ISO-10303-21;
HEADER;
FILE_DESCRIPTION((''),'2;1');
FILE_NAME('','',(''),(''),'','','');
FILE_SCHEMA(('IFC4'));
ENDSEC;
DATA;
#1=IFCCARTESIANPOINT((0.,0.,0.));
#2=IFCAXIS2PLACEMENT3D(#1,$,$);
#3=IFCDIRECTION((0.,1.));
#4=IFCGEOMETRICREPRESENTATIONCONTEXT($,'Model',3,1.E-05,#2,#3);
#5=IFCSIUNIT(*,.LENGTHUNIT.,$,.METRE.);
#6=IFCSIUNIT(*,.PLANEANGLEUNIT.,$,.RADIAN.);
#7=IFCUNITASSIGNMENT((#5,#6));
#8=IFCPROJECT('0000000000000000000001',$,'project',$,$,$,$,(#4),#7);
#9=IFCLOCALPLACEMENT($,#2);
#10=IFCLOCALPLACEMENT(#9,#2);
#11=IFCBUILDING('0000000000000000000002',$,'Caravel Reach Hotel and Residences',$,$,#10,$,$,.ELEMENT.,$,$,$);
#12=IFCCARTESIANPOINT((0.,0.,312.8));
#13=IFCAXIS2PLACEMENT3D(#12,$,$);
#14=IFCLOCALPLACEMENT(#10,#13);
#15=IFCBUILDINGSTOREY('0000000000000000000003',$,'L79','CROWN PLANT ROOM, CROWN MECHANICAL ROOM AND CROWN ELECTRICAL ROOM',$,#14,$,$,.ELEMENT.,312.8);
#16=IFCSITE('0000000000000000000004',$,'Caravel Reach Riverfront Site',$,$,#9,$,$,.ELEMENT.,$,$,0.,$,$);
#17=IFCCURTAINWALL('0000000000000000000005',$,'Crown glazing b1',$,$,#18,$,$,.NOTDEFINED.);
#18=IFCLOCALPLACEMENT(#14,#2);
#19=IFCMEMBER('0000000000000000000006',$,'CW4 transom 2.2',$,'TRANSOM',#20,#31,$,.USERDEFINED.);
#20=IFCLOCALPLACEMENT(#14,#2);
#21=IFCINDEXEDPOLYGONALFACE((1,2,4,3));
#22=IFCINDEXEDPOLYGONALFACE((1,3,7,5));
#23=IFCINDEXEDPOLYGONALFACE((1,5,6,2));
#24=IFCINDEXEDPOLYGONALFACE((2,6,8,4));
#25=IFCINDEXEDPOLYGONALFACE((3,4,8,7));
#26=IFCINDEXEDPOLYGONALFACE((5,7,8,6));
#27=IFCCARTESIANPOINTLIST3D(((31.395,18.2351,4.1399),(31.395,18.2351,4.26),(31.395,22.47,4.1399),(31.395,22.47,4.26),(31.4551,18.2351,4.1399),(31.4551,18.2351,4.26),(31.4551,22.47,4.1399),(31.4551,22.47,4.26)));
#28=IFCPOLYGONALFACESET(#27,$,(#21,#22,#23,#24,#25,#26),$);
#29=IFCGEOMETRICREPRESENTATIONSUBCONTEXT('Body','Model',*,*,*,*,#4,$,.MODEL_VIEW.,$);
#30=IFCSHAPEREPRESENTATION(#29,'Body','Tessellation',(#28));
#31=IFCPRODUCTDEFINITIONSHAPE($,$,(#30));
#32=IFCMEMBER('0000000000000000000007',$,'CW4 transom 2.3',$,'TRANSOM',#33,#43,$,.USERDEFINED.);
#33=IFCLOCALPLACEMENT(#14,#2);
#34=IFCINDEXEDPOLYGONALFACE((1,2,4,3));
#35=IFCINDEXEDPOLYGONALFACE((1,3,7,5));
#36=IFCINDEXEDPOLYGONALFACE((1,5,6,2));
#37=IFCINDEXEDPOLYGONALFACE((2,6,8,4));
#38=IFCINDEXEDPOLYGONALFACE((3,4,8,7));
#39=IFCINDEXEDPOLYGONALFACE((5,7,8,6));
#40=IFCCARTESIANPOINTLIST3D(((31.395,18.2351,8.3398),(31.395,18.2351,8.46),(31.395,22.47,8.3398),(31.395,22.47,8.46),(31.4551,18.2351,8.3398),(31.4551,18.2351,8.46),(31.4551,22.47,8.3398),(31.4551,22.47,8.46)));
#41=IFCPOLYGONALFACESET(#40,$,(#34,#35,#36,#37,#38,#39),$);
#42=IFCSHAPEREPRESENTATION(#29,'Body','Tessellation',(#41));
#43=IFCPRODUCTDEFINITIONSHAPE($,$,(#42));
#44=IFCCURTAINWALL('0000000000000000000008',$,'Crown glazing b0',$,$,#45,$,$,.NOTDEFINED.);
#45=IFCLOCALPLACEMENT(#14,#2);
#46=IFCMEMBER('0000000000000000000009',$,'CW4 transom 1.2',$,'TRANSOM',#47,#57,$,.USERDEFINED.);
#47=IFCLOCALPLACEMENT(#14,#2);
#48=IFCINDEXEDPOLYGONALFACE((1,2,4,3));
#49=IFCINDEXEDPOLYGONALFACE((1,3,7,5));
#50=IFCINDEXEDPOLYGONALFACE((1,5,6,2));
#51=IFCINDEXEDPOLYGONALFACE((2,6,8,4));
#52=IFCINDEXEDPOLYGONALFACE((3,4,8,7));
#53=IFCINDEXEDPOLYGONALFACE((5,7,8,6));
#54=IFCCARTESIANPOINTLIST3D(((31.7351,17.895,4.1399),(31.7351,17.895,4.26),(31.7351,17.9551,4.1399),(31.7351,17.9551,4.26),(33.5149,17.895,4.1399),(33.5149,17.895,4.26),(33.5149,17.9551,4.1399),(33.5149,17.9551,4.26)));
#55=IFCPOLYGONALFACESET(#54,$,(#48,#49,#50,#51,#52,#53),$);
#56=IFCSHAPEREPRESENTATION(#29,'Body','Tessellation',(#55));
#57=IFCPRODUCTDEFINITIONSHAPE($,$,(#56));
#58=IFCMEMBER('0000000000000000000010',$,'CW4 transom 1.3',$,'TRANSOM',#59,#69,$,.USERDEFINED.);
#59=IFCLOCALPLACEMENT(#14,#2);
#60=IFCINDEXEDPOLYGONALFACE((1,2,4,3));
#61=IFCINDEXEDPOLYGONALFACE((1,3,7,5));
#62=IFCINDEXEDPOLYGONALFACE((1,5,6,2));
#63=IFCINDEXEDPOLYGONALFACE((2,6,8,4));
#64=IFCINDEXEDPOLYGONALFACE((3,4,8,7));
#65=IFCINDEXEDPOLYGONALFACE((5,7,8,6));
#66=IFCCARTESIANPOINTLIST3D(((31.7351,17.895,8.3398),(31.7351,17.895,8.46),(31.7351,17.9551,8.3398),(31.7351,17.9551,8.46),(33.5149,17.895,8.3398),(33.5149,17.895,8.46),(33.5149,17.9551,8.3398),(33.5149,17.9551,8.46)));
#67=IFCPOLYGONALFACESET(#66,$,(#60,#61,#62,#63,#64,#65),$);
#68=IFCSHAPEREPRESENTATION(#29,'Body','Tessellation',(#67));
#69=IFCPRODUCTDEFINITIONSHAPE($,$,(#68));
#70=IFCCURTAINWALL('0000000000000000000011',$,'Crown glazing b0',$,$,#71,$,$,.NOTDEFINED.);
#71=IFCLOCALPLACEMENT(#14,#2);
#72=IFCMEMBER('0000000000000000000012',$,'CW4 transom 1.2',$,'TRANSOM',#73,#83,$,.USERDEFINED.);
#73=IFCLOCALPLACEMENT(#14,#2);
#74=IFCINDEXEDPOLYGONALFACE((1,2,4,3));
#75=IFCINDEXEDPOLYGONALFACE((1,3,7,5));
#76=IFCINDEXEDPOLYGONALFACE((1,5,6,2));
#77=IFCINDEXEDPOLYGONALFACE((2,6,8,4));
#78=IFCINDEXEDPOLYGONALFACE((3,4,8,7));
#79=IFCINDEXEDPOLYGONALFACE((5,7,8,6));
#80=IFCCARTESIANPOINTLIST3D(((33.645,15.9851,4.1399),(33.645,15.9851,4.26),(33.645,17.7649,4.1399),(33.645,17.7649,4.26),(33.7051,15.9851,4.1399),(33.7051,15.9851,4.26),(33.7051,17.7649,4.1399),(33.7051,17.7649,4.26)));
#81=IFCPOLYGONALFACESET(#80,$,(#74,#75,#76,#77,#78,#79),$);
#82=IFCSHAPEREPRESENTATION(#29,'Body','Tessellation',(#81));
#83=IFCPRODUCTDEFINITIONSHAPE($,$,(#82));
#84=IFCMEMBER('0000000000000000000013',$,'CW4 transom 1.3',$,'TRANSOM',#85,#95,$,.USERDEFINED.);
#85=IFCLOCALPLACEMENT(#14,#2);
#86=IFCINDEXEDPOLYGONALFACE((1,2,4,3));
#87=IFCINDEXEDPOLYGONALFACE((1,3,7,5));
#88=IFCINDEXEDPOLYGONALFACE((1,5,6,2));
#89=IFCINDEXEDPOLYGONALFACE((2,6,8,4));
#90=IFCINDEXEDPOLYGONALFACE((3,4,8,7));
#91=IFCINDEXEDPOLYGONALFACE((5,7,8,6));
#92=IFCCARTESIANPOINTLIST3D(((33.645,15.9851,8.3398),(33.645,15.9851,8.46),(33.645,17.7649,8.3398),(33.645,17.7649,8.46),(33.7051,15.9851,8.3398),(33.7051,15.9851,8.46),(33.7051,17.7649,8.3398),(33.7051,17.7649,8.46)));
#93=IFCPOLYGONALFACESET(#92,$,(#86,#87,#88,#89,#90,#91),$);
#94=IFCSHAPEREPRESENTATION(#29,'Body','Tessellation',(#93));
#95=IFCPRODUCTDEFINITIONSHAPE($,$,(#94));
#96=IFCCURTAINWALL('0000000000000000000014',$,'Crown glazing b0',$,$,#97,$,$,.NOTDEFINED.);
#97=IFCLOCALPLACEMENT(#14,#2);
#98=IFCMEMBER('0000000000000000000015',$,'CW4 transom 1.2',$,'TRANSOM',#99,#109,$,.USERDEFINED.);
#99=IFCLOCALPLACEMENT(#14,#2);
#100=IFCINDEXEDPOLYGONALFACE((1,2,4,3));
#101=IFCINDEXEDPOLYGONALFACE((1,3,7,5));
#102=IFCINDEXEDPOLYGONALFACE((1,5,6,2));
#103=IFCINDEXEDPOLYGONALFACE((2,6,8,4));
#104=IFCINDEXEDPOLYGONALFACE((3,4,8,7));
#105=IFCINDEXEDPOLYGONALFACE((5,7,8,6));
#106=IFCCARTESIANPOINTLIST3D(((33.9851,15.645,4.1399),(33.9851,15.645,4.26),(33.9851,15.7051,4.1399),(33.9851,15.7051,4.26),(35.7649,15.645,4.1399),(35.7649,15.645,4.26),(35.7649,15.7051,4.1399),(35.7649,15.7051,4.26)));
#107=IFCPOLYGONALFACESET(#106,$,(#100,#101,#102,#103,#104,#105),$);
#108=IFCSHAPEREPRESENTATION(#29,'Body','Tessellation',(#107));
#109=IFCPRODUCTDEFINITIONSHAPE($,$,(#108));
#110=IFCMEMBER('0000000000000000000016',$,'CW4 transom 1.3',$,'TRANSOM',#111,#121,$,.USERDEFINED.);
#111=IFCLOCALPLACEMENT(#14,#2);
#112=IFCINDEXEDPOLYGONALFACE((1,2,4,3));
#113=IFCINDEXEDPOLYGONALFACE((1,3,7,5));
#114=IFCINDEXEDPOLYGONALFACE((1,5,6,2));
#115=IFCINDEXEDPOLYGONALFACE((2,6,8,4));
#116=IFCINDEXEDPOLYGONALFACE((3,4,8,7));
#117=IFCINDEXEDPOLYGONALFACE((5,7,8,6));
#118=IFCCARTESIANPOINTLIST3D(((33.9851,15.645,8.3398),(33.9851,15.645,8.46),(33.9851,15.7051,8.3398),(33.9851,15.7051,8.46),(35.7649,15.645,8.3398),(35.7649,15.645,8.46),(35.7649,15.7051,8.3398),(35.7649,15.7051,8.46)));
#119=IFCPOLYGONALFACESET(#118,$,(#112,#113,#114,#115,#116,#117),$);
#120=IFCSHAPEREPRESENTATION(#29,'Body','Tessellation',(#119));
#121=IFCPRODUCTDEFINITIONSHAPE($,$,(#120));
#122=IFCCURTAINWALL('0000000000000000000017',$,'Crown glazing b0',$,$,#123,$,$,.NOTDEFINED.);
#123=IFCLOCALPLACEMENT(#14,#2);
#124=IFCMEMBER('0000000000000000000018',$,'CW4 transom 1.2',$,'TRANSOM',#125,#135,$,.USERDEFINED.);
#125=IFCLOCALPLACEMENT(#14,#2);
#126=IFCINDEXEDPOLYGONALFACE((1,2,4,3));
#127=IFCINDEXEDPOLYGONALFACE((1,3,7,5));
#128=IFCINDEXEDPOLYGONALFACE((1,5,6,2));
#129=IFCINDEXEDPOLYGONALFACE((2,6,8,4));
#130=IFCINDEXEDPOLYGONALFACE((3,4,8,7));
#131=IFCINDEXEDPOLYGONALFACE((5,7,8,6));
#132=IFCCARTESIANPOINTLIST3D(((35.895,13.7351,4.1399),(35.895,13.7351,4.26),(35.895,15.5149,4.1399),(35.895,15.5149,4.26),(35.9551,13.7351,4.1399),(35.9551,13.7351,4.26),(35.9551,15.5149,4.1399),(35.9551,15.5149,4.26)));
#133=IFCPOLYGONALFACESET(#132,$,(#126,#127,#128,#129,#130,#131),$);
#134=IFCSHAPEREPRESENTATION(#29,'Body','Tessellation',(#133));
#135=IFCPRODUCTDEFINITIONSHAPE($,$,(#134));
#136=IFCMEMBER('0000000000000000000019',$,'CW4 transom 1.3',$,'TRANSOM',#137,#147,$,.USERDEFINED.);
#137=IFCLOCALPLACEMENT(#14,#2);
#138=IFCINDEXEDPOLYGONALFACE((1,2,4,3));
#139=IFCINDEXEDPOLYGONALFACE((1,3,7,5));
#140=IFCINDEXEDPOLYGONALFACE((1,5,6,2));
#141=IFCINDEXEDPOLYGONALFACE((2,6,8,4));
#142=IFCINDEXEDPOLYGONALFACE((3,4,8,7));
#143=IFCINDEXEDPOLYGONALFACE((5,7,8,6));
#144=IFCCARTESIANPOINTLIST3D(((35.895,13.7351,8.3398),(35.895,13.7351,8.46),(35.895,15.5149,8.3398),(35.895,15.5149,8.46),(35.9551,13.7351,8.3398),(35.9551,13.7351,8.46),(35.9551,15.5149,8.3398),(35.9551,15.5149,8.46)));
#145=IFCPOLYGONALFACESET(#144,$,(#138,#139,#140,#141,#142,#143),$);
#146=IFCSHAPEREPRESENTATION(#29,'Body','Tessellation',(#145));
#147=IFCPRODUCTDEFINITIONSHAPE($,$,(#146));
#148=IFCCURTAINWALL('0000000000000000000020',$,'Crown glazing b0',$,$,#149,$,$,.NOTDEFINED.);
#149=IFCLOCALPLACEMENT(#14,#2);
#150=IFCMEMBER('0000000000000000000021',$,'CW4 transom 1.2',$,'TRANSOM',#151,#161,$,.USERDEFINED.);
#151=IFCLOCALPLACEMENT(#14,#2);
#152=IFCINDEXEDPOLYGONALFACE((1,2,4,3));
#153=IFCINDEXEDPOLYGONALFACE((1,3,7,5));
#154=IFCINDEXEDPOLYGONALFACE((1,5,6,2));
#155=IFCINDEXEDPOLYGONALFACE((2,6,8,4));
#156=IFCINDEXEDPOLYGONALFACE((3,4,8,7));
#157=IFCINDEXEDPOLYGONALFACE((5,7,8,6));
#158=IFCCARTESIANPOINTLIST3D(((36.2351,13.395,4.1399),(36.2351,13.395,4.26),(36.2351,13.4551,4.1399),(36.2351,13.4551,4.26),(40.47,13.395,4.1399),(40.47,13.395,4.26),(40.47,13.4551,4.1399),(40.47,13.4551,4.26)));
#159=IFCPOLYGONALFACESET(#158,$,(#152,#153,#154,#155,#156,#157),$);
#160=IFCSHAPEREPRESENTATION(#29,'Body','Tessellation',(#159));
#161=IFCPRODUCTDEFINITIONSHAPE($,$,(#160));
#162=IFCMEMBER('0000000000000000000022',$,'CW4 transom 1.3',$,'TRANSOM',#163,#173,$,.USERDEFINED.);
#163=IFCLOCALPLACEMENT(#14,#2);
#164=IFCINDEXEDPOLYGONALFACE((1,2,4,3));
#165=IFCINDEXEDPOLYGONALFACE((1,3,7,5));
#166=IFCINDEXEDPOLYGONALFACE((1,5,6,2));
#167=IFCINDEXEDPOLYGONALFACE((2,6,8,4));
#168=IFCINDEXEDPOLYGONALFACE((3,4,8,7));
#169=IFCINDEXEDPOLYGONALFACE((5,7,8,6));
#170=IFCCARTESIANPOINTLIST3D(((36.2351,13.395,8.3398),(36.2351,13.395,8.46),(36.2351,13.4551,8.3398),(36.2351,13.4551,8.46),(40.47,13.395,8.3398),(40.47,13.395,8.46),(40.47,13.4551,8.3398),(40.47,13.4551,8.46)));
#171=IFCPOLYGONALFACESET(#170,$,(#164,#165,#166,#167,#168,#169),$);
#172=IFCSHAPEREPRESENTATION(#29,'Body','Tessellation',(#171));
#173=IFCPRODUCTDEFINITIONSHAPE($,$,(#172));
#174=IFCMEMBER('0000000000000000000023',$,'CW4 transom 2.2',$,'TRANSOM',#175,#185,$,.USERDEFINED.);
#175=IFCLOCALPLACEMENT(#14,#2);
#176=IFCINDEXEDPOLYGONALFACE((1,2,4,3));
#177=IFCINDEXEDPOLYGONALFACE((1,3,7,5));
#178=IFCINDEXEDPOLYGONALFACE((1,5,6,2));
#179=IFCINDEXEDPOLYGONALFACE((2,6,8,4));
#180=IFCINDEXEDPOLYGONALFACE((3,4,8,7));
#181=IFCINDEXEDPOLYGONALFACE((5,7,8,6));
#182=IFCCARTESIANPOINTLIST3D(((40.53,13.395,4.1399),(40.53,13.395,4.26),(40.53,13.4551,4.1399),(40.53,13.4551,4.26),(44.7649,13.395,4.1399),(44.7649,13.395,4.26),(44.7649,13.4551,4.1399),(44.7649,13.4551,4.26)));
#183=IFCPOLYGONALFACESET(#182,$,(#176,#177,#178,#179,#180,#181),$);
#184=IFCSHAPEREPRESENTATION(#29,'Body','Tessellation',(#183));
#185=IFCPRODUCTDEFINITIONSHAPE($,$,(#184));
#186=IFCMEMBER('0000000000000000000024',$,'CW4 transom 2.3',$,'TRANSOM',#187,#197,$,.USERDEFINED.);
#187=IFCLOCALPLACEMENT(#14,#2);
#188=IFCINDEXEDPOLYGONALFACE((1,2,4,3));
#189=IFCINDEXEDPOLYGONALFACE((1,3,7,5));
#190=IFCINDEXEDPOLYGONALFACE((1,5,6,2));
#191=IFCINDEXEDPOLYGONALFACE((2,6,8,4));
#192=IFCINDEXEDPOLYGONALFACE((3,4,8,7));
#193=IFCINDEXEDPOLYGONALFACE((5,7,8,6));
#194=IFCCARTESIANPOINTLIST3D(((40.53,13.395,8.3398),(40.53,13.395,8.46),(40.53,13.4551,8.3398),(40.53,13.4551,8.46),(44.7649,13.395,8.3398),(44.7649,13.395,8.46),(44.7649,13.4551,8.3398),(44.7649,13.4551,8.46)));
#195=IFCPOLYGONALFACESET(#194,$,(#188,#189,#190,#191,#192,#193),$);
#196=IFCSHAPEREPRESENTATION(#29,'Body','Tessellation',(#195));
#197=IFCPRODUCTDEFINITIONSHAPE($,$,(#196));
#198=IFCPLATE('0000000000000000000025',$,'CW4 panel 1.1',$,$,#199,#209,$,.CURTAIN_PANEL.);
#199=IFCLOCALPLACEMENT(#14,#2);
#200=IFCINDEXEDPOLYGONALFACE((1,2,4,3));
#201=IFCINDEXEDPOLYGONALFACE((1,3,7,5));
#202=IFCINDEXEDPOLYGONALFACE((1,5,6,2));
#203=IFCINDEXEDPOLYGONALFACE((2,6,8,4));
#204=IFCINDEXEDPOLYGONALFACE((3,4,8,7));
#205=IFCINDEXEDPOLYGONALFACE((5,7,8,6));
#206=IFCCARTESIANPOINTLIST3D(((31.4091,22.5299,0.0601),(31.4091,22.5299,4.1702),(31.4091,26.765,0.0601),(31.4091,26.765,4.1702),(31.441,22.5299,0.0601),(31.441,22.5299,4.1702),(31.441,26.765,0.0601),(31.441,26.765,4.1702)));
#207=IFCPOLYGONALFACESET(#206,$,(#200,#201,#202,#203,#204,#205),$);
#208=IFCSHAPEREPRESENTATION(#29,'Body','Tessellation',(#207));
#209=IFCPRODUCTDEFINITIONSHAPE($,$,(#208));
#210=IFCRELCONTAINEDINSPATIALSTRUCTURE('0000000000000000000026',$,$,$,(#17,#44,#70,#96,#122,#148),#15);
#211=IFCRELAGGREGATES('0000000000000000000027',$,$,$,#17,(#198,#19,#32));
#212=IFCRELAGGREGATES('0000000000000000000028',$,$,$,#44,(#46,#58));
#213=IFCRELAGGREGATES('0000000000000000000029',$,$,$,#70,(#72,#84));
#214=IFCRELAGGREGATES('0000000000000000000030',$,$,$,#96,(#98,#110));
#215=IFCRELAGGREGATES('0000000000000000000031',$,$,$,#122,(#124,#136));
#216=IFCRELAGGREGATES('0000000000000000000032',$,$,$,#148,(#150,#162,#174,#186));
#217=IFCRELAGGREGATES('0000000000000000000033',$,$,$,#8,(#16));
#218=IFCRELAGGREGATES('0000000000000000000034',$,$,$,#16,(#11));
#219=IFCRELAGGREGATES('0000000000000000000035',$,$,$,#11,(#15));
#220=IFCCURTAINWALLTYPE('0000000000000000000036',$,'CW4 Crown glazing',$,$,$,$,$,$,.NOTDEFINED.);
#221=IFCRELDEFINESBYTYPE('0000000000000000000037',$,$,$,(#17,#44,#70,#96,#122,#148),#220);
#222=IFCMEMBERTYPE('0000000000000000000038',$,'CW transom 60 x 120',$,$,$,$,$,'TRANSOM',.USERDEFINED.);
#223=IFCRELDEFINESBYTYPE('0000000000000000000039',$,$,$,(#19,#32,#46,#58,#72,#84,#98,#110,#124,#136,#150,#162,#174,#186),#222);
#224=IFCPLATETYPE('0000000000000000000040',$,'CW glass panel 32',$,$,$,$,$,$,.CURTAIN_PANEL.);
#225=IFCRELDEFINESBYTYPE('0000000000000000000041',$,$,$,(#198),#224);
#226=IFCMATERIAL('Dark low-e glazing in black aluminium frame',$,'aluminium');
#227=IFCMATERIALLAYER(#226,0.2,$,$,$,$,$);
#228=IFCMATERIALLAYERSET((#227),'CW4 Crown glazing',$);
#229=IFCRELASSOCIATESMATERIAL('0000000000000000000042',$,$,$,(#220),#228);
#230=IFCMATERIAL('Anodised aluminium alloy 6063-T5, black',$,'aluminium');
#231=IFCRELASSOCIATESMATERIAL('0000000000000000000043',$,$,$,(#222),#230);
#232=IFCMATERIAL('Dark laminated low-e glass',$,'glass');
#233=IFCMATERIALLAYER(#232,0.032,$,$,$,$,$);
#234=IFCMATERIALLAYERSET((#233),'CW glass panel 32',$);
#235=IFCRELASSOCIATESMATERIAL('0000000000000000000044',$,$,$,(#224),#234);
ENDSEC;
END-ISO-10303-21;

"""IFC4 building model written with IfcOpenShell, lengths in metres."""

from ifc_helpers import new_model, si_unit, direction, frame, origin, origin_2d, place, context, subcontext, project, spatial, rectangle, extrude, material, layer, layer_set, material_profile, profile_set, type_object, element, aggregate, save


model = new_model("IFC4")

# Units and contexts
model_context = context("Model", 3, precision=1e-05, world=origin(), true_north=direction((0.0, 1.0)))
body_context = subcontext(model_context, "Body", "Model", "MODEL_VIEW")
ifc_project = project(units=[si_unit("LENGTHUNIT", "METRE"), si_unit("PLANEANGLEUNIT", "RADIAN")], contexts=[model_context])

# Site, building, storey
site_placement = place(None, origin())
site = spatial("IfcSite", under=ifc_project, at=site_placement, Name="Caravel Reach Riverfront Site", CompositionType="ELEMENT", RefElevation=0.0)
building_placement = place(site_placement, origin())
building = spatial("IfcBuilding", under=site, at=building_placement, Name="Caravel Reach Hotel and Residences", CompositionType="ELEMENT")
storey_placement = place(building_placement, frame((0.0, 0.0, 312.8)))
storey = spatial("IfcBuildingStorey", under=building, at=storey_placement, Name="L79", Description="CROWN PLANT ROOM, CROWN MECHANICAL ROOM AND CROWN ELECTRICAL ROOM", CompositionType="ELEMENT", Elevation=312.8)

# Curtain walls, members
ifc_material_1 = material(Name="Dark low-e glazing in black aluminium frame", Category="aluminium")
ifc_layer_1 = layer(ifc_material_1, 0.2)
ifc_layer_set_1 = layer_set([ifc_layer_1], Name="CW4 Crown glazing")
curtain_wall_type = type_object("IfcCurtainWallType", Name="CW4 Crown glazing", PredefinedType="NOTDEFINED", material=ifc_layer_set_1)
curtain_wall_1_placement = place(storey_placement, origin())
curtain_wall_1 = element("IfcCurtainWall", 1, at=curtain_wall_1_placement, inside=storey, type_object=curtain_wall_type, Name="Crown glazing b1", PredefinedType="NOTDEFINED")
ifc_material_2 = material(Name="Anodised aluminium alloy 6063-T5, black", Category="aluminium")
ifc_material_profile = material_profile(ifc_material_2, rectangle(XDim=0.0601, YDim=0.1201, at=origin_2d()), Name="CW transom 60 x 120")
ifc_profile_set = profile_set([ifc_material_profile], Name="Anodised aluminium alloy 6063-T5, black")
member_type = type_object("IfcMemberType", Name="CW transom 60 x 120", ElementType="TRANSOM", PredefinedType="USERDEFINED", material=ifc_profile_set)
member_1_placement = place(storey_placement, frame((31.425, 22.47, 4.2), z_axis=(0.0, -1.0, 0.0), x_axis=(1.0, 0.0, 0.0)))
member_1 = element("IfcMember", 2, at=member_1_placement, type_object=member_type, Name="CW4 transom 2.2", ObjectType="TRANSOM", PredefinedType="USERDEFINED", context=body_context, shape_type="SweptSolid", body=[
    extrude(rectangle(XDim=0.0601, YDim=0.1201, at=origin_2d()), origin(), (0.0, 0.0, 1.0), 4.2349),
])
member_2_placement = place(storey_placement, frame((31.425, 22.47, 8.3999), z_axis=(0.0, -1.0, 0.0), x_axis=(1.0, 0.0, 0.0)))
member_2 = element("IfcMember", 3, at=member_2_placement, type_object=member_type, Name="CW4 transom 2.3", ObjectType="TRANSOM", PredefinedType="USERDEFINED", context=body_context, shape_type="SweptSolid", body=[
    extrude(rectangle(XDim=0.0601, YDim=0.1201, at=origin_2d()), origin(), (0.0, 0.0, 1.0), 4.2349),
])
curtain_wall_2_placement = place(storey_placement, origin())
curtain_wall_2 = element("IfcCurtainWall", 4, at=curtain_wall_2_placement, inside=storey, type_object=curtain_wall_type, Name="Crown glazing b0", PredefinedType="NOTDEFINED")
member_3_placement = place(storey_placement, frame((31.7351, 17.925, 4.2), z_axis=(1.0, 0.0, 0.0), x_axis=(0.0, 1.0, 0.0)))
member_3 = element("IfcMember", 5, at=member_3_placement, type_object=member_type, Name="CW4 transom 1.2", ObjectType="TRANSOM", PredefinedType="USERDEFINED", context=body_context, shape_type="SweptSolid", body=[
    extrude(rectangle(XDim=0.0601, YDim=0.1201, at=origin_2d()), origin(), (0.0, 0.0, 1.0), 1.7798),
])
member_4_placement = place(storey_placement, frame((31.7351, 17.925, 8.3999), z_axis=(1.0, 0.0, 0.0), x_axis=(0.0, 1.0, 0.0)))
member_4 = element("IfcMember", 6, at=member_4_placement, type_object=member_type, Name="CW4 transom 1.3", ObjectType="TRANSOM", PredefinedType="USERDEFINED", context=body_context, shape_type="SweptSolid", body=[
    extrude(rectangle(XDim=0.0601, YDim=0.1201, at=origin_2d()), origin(), (0.0, 0.0, 1.0), 1.7798),
])
curtain_wall_3_placement = place(storey_placement, origin())
curtain_wall_3 = element("IfcCurtainWall", 7, at=curtain_wall_3_placement, inside=storey, type_object=curtain_wall_type, Name="Crown glazing b0", PredefinedType="NOTDEFINED")
member_5_placement = place(storey_placement, frame((33.675, 17.7649, 4.2), z_axis=(0.0, -1.0, 0.0), x_axis=(1.0, 0.0, 0.0)))
member_5 = element("IfcMember", 8, at=member_5_placement, type_object=member_type, Name="CW4 transom 1.2", ObjectType="TRANSOM", PredefinedType="USERDEFINED", context=body_context, shape_type="SweptSolid", body=[
    extrude(rectangle(XDim=0.0601, YDim=0.1201, at=origin_2d()), origin(), (0.0, 0.0, 1.0), 1.7798),
])
member_6_placement = place(storey_placement, frame((33.675, 17.7649, 8.3999), z_axis=(0.0, -1.0, 0.0), x_axis=(1.0, 0.0, 0.0)))
member_6 = element("IfcMember", 9, at=member_6_placement, type_object=member_type, Name="CW4 transom 1.3", ObjectType="TRANSOM", PredefinedType="USERDEFINED", context=body_context, shape_type="SweptSolid", body=[
    extrude(rectangle(XDim=0.0601, YDim=0.1201, at=origin_2d()), origin(), (0.0, 0.0, 1.0), 1.7798),
])
curtain_wall_4_placement = place(storey_placement, origin())
curtain_wall_4 = element("IfcCurtainWall", 10, at=curtain_wall_4_placement, inside=storey, type_object=curtain_wall_type, Name="Crown glazing b0", PredefinedType="NOTDEFINED")
member_7_placement = place(storey_placement, frame((33.9851, 15.675, 4.2), z_axis=(1.0, 0.0, 0.0), x_axis=(0.0, 1.0, 0.0)))
member_7 = element("IfcMember", 11, at=member_7_placement, type_object=member_type, Name="CW4 transom 1.2", ObjectType="TRANSOM", PredefinedType="USERDEFINED", context=body_context, shape_type="SweptSolid", body=[
    extrude(rectangle(XDim=0.0601, YDim=0.1201, at=origin_2d()), origin(), (0.0, 0.0, 1.0), 1.7798),
])
member_8_placement = place(storey_placement, frame((33.9851, 15.675, 8.3999), z_axis=(1.0, 0.0, 0.0), x_axis=(0.0, 1.0, 0.0)))
member_8 = element("IfcMember", 12, at=member_8_placement, type_object=member_type, Name="CW4 transom 1.3", ObjectType="TRANSOM", PredefinedType="USERDEFINED", context=body_context, shape_type="SweptSolid", body=[
    extrude(rectangle(XDim=0.0601, YDim=0.1201, at=origin_2d()), origin(), (0.0, 0.0, 1.0), 1.7798),
])
curtain_wall_5_placement = place(storey_placement, origin())
curtain_wall_5 = element("IfcCurtainWall", 13, at=curtain_wall_5_placement, inside=storey, type_object=curtain_wall_type, Name="Crown glazing b0", PredefinedType="NOTDEFINED")
member_9_placement = place(storey_placement, frame((35.925, 15.5149, 4.2), z_axis=(0.0, -1.0, 0.0), x_axis=(1.0, 0.0, 0.0)))
member_9 = element("IfcMember", 14, at=member_9_placement, type_object=member_type, Name="CW4 transom 1.2", ObjectType="TRANSOM", PredefinedType="USERDEFINED", context=body_context, shape_type="SweptSolid", body=[
    extrude(rectangle(XDim=0.0601, YDim=0.1201, at=origin_2d()), origin(), (0.0, 0.0, 1.0), 1.7798),
])
member_10_placement = place(storey_placement, frame((35.925, 15.5149, 8.3999), z_axis=(0.0, -1.0, 0.0), x_axis=(1.0, 0.0, 0.0)))
member_10 = element("IfcMember", 15, at=member_10_placement, type_object=member_type, Name="CW4 transom 1.3", ObjectType="TRANSOM", PredefinedType="USERDEFINED", context=body_context, shape_type="SweptSolid", body=[
    extrude(rectangle(XDim=0.0601, YDim=0.1201, at=origin_2d()), origin(), (0.0, 0.0, 1.0), 1.7798),
])
curtain_wall_6_placement = place(storey_placement, origin())
curtain_wall_6 = element("IfcCurtainWall", 16, at=curtain_wall_6_placement, inside=storey, type_object=curtain_wall_type, Name="Crown glazing b0", PredefinedType="NOTDEFINED")
member_11_placement = place(storey_placement, frame((36.2351, 13.425, 4.2), z_axis=(1.0, 0.0, 0.0), x_axis=(0.0, 1.0, 0.0)))
member_11 = element("IfcMember", 17, at=member_11_placement, type_object=member_type, Name="CW4 transom 1.2", ObjectType="TRANSOM", PredefinedType="USERDEFINED", context=body_context, shape_type="SweptSolid", body=[
    extrude(rectangle(XDim=0.0601, YDim=0.1201, at=origin_2d()), origin(), (0.0, 0.0, 1.0), 4.2349),
])
member_12_placement = place(storey_placement, frame((36.2351, 13.425, 8.3999), z_axis=(1.0, 0.0, 0.0), x_axis=(0.0, 1.0, 0.0)))
member_12 = element("IfcMember", 18, at=member_12_placement, type_object=member_type, Name="CW4 transom 1.3", ObjectType="TRANSOM", PredefinedType="USERDEFINED", context=body_context, shape_type="SweptSolid", body=[
    extrude(rectangle(XDim=0.0601, YDim=0.1201, at=origin_2d()), origin(), (0.0, 0.0, 1.0), 4.2349),
])
member_13_placement = place(storey_placement, frame((40.53, 13.425, 4.2), z_axis=(1.0, 0.0, 0.0), x_axis=(0.0, 1.0, 0.0)))
member_13 = element("IfcMember", 19, at=member_13_placement, type_object=member_type, Name="CW4 transom 2.2", ObjectType="TRANSOM", PredefinedType="USERDEFINED", context=body_context, shape_type="SweptSolid", body=[
    extrude(rectangle(XDim=0.0601, YDim=0.1201, at=origin_2d()), origin(), (0.0, 0.0, 1.0), 4.2349),
])
member_14_placement = place(storey_placement, frame((40.53, 13.425, 8.3999), z_axis=(1.0, 0.0, 0.0), x_axis=(0.0, 1.0, 0.0)))
member_14 = element("IfcMember", 20, at=member_14_placement, type_object=member_type, Name="CW4 transom 2.3", ObjectType="TRANSOM", PredefinedType="USERDEFINED", context=body_context, shape_type="SweptSolid", body=[
    extrude(rectangle(XDim=0.0601, YDim=0.1201, at=origin_2d()), origin(), (0.0, 0.0, 1.0), 4.2349),
])

# Plate
ifc_material_3 = material(Name="Dark laminated low-e glass", Category="glass")
ifc_layer_2 = layer(ifc_material_3, 0.032)
ifc_layer_set_2 = layer_set([ifc_layer_2], Name="CW glass panel 32")
plate_type = type_object("IfcPlateType", Name="CW glass panel 32", PredefinedType="CURTAIN_PANEL", material=ifc_layer_set_2)
plate_1_placement = place(storey_placement, frame((31.425, 24.6475, 0.0601), z_axis=(0.0, 0.0, 1.0), x_axis=(0.0, -1.0, 0.0)))
plate_1 = element("IfcPlate", 21, at=plate_1_placement, type_object=plate_type, Name="CW4 panel 1.1", PredefinedType="CURTAIN_PANEL", context=body_context, shape_type="SweptSolid", body=[
    extrude(rectangle(XDim=4.2351, YDim=0.032, at=origin_2d()), origin(), (0.0, 0.0, 1.0), 4.1101),
])
aggregate(curtain_wall_1, [plate_1, member_1, member_2])
aggregate(curtain_wall_2, [member_3, member_4])
aggregate(curtain_wall_3, [member_5, member_6])
aggregate(curtain_wall_4, [member_7, member_8])
aggregate(curtain_wall_5, [member_9, member_10])
aggregate(curtain_wall_6, [member_11, member_12, member_13, member_14])

save(model, "model.ifc")
